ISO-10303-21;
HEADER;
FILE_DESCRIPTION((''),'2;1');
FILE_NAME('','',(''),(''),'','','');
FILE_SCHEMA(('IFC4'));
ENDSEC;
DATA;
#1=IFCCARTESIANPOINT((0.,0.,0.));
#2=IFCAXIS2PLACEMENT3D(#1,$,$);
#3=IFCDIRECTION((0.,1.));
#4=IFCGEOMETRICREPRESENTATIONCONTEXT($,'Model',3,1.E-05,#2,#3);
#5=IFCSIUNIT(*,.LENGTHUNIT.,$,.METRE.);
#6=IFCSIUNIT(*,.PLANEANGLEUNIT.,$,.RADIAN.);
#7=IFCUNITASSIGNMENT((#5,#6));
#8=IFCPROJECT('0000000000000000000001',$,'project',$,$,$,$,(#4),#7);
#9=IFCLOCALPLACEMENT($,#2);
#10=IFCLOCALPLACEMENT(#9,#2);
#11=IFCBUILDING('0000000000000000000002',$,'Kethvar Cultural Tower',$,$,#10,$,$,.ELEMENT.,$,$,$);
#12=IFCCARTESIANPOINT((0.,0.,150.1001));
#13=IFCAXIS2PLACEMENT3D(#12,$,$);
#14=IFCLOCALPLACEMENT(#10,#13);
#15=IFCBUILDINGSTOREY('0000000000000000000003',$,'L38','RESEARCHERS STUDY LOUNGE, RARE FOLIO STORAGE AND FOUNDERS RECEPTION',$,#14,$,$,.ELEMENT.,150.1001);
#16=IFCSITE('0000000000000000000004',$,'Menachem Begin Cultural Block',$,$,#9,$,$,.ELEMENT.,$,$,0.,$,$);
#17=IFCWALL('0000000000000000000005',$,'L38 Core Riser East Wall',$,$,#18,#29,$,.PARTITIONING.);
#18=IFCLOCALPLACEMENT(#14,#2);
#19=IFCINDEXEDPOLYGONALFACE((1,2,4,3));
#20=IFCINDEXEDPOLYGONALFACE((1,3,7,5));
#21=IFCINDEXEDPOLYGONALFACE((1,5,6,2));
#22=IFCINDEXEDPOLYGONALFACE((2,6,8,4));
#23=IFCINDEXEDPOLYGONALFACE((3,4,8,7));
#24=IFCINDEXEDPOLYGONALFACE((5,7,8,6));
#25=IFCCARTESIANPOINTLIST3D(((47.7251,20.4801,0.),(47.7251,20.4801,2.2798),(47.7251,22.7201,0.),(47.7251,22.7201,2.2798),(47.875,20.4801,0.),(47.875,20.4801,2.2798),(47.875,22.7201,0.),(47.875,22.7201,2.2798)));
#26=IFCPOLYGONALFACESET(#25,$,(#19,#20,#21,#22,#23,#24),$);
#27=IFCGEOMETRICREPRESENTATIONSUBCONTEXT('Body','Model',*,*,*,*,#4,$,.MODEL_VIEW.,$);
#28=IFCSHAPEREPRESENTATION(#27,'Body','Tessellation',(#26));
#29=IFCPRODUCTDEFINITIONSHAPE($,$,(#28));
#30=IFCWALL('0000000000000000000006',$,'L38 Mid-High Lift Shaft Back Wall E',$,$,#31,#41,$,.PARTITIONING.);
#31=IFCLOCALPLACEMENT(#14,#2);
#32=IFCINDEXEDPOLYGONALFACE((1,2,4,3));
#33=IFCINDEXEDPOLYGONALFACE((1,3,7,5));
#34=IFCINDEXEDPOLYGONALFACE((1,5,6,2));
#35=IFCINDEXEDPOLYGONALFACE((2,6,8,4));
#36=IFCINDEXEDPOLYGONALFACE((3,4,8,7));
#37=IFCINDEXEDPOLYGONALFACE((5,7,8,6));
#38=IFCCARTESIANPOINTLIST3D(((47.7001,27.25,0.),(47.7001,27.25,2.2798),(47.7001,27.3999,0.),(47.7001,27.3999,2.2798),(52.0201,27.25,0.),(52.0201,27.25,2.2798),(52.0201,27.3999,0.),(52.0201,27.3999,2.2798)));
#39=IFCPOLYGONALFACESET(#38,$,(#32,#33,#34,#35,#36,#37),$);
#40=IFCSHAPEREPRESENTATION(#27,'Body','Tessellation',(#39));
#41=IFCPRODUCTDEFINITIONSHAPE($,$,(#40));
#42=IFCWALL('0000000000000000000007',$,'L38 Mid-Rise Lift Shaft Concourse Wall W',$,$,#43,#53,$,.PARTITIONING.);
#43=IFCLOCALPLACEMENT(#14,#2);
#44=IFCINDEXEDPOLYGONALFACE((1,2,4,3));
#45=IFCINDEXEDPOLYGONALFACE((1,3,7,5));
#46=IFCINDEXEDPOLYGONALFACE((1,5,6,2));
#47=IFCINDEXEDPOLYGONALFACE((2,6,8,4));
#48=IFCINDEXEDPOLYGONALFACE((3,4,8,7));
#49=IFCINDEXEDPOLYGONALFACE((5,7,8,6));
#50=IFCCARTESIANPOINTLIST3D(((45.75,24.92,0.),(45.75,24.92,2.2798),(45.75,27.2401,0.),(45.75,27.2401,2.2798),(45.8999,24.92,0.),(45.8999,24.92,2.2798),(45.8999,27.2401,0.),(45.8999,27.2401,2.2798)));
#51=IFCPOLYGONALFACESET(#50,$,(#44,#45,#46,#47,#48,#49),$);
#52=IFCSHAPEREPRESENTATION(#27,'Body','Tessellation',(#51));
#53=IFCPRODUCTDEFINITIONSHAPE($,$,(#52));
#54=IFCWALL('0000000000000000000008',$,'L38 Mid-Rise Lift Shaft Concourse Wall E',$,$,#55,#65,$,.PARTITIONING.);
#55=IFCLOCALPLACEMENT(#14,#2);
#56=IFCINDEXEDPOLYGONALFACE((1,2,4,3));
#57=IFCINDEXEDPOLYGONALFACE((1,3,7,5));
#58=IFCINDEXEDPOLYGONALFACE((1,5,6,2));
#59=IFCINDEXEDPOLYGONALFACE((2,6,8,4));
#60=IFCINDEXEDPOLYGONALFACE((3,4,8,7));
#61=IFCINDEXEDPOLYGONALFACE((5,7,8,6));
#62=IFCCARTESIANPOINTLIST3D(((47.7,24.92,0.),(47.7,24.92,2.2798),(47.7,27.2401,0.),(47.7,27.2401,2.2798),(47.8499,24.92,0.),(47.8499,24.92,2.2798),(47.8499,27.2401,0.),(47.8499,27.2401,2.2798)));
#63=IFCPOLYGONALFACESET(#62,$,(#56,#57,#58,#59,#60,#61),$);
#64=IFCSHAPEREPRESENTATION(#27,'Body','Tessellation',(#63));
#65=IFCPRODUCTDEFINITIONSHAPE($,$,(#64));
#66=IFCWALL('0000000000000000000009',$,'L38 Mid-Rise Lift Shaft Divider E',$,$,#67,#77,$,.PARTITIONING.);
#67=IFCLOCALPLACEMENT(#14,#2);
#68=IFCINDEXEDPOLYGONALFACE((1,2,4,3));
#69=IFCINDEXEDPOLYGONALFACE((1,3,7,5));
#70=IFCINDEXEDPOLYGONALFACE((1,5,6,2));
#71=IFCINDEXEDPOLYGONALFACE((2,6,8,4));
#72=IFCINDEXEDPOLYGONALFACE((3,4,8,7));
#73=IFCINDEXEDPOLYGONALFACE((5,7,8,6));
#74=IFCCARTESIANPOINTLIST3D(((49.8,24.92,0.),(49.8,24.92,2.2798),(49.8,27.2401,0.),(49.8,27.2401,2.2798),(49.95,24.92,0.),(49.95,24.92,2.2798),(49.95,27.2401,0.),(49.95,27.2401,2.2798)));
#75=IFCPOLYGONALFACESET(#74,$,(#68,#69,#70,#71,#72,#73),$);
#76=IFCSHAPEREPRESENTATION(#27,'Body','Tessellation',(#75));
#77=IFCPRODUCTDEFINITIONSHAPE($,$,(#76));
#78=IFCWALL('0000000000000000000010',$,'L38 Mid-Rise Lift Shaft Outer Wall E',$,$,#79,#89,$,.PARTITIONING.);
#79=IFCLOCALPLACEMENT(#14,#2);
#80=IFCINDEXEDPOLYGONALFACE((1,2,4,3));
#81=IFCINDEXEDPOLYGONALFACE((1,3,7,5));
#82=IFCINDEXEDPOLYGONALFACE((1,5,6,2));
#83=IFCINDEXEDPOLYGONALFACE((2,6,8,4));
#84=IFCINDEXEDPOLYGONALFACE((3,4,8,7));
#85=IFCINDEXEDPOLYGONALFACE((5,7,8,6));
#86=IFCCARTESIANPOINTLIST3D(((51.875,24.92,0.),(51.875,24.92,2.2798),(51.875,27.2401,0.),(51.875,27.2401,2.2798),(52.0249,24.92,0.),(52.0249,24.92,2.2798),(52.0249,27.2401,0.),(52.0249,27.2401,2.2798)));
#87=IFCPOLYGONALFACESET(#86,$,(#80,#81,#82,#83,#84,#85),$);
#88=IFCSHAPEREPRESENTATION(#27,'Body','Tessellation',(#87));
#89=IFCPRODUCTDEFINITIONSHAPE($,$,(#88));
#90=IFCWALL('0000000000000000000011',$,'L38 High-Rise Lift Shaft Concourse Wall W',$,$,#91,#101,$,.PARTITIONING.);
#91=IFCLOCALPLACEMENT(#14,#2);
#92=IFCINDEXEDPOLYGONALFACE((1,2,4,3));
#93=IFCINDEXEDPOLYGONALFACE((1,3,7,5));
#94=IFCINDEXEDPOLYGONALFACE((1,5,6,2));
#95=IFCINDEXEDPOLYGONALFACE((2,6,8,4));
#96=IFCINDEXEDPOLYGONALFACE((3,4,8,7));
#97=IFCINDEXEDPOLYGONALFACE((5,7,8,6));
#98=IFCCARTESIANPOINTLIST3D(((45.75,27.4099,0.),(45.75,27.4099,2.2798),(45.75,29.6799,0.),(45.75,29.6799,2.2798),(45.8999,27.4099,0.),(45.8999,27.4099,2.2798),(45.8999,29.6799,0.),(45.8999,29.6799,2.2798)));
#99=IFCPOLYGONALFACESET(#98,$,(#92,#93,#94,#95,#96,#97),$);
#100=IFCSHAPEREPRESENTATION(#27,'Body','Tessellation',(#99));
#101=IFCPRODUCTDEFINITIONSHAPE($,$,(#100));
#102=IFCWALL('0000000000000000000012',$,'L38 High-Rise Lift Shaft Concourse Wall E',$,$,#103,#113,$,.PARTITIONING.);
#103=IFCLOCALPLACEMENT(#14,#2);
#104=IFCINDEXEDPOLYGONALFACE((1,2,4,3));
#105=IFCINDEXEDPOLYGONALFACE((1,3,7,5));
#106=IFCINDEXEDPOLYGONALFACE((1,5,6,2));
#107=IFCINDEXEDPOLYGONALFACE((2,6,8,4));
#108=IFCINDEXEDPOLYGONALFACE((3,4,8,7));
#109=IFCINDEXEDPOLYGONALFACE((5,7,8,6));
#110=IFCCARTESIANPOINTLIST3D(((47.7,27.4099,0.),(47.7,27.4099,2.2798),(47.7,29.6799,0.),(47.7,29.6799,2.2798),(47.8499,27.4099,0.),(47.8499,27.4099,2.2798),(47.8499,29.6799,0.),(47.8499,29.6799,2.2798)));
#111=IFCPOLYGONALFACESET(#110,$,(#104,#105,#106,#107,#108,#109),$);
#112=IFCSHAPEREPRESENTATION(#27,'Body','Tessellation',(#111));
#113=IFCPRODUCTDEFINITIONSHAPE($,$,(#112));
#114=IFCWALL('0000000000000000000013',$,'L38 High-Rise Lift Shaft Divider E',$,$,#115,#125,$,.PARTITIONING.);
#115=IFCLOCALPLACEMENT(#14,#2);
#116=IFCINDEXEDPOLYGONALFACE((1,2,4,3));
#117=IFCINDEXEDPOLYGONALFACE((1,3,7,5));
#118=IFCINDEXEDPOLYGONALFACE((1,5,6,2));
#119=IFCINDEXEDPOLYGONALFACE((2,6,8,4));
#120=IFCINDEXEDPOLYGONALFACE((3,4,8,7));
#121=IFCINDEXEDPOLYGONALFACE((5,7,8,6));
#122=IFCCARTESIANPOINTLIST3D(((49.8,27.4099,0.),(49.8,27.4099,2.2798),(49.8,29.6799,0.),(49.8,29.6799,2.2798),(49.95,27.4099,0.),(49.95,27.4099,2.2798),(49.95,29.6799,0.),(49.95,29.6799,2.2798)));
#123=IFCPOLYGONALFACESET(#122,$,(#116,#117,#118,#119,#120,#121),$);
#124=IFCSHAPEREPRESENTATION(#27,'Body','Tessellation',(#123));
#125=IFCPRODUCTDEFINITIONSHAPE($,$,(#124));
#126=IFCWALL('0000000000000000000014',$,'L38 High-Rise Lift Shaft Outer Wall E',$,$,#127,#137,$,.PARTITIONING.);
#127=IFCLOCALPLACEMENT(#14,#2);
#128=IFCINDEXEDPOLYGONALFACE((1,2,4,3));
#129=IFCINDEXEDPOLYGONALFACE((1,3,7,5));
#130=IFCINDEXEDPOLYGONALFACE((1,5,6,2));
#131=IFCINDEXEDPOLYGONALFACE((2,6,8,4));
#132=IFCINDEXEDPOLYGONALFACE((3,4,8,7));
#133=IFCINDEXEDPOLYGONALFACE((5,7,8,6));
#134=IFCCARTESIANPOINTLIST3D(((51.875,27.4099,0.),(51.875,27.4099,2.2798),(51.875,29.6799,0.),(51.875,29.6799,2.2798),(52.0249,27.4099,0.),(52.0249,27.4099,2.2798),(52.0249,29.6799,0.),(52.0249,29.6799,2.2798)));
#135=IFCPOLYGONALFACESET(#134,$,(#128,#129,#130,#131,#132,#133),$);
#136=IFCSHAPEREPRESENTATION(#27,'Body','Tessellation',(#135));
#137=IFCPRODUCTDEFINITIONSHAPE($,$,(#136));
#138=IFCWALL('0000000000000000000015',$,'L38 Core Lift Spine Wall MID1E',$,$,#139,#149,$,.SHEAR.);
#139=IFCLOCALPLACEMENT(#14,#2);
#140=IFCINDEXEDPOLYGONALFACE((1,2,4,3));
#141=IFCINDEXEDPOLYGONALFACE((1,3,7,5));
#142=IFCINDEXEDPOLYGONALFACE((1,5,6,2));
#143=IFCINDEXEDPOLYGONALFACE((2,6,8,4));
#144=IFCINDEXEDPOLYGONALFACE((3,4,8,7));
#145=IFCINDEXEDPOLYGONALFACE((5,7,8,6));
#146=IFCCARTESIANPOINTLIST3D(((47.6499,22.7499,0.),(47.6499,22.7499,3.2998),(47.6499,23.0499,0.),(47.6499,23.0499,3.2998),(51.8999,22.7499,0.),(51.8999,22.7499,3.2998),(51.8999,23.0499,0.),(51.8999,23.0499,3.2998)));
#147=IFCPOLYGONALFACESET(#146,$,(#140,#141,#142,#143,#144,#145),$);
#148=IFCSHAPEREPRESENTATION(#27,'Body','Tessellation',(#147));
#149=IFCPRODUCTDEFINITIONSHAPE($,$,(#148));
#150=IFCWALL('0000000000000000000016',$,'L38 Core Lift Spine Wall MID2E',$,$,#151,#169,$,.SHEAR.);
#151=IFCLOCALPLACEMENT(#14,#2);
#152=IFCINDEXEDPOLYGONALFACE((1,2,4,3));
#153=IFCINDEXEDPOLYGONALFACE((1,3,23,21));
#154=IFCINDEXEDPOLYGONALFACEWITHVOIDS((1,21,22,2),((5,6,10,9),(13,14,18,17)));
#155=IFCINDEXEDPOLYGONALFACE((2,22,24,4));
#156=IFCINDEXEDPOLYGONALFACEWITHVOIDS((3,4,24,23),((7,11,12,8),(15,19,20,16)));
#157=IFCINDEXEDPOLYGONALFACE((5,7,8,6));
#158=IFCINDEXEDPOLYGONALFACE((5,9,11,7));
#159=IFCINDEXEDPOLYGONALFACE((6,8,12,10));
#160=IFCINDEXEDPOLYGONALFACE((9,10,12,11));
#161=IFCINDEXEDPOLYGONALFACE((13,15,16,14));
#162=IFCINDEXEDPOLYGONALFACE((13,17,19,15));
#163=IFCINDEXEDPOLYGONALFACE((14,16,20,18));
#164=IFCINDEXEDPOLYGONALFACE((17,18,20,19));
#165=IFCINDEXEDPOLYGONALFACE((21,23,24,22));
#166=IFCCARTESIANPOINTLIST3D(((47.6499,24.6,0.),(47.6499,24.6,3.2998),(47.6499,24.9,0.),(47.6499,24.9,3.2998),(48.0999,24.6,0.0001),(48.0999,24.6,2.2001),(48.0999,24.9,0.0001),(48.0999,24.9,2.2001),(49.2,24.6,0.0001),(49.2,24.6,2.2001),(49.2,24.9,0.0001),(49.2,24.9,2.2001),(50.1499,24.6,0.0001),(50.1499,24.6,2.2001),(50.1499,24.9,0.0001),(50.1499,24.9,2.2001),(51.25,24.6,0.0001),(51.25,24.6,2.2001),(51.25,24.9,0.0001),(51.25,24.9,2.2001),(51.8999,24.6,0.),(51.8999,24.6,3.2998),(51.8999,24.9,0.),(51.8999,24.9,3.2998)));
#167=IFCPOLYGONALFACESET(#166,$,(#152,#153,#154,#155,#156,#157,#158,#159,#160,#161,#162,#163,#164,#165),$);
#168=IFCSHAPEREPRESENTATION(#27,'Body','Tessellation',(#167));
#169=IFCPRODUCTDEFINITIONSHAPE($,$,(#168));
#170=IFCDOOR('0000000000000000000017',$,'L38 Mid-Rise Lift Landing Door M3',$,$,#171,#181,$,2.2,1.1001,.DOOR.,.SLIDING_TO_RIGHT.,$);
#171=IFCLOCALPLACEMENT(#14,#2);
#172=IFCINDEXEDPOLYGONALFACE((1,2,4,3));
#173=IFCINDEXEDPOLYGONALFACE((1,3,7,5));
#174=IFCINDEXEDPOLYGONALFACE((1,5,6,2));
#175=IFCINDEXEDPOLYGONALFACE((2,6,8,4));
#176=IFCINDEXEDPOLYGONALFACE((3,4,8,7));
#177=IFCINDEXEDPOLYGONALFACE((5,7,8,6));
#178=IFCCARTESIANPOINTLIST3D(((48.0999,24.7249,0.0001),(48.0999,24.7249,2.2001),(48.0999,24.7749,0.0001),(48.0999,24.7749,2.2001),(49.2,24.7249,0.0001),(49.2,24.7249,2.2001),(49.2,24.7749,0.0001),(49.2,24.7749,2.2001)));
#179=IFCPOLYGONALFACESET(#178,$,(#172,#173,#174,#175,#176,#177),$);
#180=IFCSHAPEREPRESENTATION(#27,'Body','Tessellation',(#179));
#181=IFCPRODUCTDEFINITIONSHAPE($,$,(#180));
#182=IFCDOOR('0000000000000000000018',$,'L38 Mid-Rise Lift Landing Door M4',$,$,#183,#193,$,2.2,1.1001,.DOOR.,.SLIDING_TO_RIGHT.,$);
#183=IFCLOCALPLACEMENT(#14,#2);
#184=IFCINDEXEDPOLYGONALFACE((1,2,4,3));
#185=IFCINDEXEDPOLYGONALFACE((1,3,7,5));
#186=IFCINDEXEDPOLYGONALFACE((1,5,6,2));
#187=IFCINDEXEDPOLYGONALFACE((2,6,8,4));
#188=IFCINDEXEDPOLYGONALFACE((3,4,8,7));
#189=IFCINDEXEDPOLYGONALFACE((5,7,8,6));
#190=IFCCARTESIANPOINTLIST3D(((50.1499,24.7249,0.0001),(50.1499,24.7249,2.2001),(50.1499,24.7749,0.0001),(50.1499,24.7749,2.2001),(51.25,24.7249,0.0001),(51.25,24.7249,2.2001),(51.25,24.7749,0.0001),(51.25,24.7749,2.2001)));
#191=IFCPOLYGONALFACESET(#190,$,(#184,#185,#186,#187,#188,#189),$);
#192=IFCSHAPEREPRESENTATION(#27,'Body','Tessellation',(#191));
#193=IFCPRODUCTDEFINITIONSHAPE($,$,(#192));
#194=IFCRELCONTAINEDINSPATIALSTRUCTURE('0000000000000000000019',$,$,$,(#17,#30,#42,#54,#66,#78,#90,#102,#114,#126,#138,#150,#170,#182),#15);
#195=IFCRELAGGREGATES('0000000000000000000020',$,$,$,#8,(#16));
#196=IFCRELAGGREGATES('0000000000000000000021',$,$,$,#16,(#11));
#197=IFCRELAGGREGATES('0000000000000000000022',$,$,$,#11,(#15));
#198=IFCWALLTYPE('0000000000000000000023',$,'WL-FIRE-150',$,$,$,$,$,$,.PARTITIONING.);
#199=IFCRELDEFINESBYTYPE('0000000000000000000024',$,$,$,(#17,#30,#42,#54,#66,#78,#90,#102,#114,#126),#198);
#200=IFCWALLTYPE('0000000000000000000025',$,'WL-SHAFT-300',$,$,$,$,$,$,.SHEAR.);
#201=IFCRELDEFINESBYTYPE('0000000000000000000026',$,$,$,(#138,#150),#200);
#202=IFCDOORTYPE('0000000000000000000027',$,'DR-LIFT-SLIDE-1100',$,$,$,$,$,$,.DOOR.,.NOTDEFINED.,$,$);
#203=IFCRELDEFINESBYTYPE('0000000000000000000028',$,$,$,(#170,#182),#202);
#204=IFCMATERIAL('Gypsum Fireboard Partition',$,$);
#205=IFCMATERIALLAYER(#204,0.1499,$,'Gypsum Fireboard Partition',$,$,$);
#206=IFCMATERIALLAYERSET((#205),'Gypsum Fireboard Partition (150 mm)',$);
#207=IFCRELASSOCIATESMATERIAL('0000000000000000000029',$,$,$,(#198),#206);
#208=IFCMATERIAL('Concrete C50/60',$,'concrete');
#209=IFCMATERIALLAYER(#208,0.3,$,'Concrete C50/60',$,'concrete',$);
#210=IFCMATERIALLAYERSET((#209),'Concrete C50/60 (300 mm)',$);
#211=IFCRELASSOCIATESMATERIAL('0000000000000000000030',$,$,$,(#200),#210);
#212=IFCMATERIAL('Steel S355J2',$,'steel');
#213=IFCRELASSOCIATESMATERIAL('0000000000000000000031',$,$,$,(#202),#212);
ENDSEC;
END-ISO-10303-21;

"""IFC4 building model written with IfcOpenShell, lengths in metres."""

from ifc_helpers import new_model, si_unit, direction, frame, frame_2d, origin, place, context, subcontext, project, spatial, rectangle, extrude, source, transform, mapped, material, layer, layer_set, type_object, element, fill, save


model = new_model("IFC4")

# Units and contexts
model_context = context("Model", 3, precision=1e-05, world=origin(), true_north=direction((0.0, 1.0)))
body_context = subcontext(model_context, "Body", "Model", "MODEL_VIEW")
ifc_project = project(units=[si_unit("LENGTHUNIT", "METRE"), si_unit("PLANEANGLEUNIT", "RADIAN")], contexts=[model_context])

# Site, building, storey
site_placement = place(None, origin())
site = spatial("IfcSite", under=ifc_project, at=site_placement, Name="Menachem Begin Cultural Block", CompositionType="ELEMENT", RefElevation=0.0)
building_placement = place(site_placement, origin())
building = spatial("IfcBuilding", under=site, at=building_placement, Name="Kethvar Cultural Tower", CompositionType="ELEMENT")
storey_placement = place(building_placement, frame((0.0, 0.0, 150.1001)))
storey = spatial("IfcBuildingStorey", under=building, at=storey_placement, Name="L38", Description="RESEARCHERS STUDY LOUNGE, RARE FOLIO STORAGE AND FOUNDERS RECEPTION", CompositionType="ELEMENT", Elevation=150.1001)

# Shared definitions
ifc_material_1 = material(Name="Steel S355J2", Category="steel")

# Wall
ifc_material_2 = material(Name="Gypsum Fireboard Partition")
ifc_layer_1 = layer(ifc_material_2, 0.1499, Name="Gypsum Fireboard Partition")
ifc_layer_set_1 = layer_set([ifc_layer_1], Name="Gypsum Fireboard Partition (150 mm)")
wall_type_1 = type_object("IfcWallType", Name="WL-FIRE-150", PredefinedType="PARTITIONING", material=ifc_layer_set_1)
wall_1_placement = place(storey_placement, frame((47.8, 20.48, 0.0), z_axis=(0.0, 0.0, 1.0), x_axis=(0.0, 1.0, 0.0)))
element("IfcWall", 1, at=wall_1_placement, inside=storey, type_object=wall_type_1, Name="L38 Core Riser East Wall", PredefinedType="PARTITIONING", context=body_context, shape_type="SweptSolid", body=[
    extrude(rectangle(XDim=2.24, YDim=0.1499, at=frame_2d((1.1201, 0.0))), origin(), (0.0, 0.0, 1.0), 2.2798),
])

# Walls
wall_2_placement = place(storey_placement, frame((47.7, 27.325, 0.0), z_axis=(0.0, 0.0, 1.0), x_axis=(1.0, 0.0, 0.0)))
element("IfcWall", 2, at=wall_2_placement, inside=storey, type_object=wall_type_1, Name="L38 Mid-High Lift Shaft Back Wall E", PredefinedType="PARTITIONING", context=body_context, shape_type="SweptSolid", body=[
    extrude(rectangle(XDim=4.3201, YDim=0.1499, at=frame_2d((2.1602, 0.0))), origin(), (0.0, 0.0, 1.0), 2.2798),
])
for number, where, z_axis, x_axis, name in (
    (3, (45.825, 24.9199, 0.0), (0.0, 0.0, 1.0), (0.0, 1.0, 0.0), "L38 Mid-Rise Lift Shaft Concourse Wall W"),
    (4, (47.7749, 24.9199, 0.0), (0.0, 0.0, 1.0), (0.0, 1.0, 0.0), "L38 Mid-Rise Lift Shaft Concourse Wall E"),
    (5, (49.875, 24.9199, 0.0), (0.0, 0.0, 1.0), (0.0, 1.0, 0.0), "L38 Mid-Rise Lift Shaft Divider E"),
    (6, (51.95, 24.9199, 0.0), (0.0, 0.0, 1.0), (0.0, 1.0, 0.0), "L38 Mid-Rise Lift Shaft Outer Wall E"),
):
    element("IfcWall", number, at=place(storey_placement, frame(where, z_axis=z_axis, x_axis=x_axis)), inside=storey, type_object=wall_type_1, Name=name, PredefinedType="PARTITIONING", context=body_context, shape_type="SweptSolid", body=[
        extrude(rectangle(XDim=2.3201, YDim=0.1499, at=frame_2d((1.1602, 0.0))), origin(), (0.0, 0.0, 1.0), 2.2798),
    ])
for number, where, z_axis, x_axis, name in (
    (7, (45.825, 27.4099, 0.0), (0.0, 0.0, 1.0), (0.0, 1.0, 0.0), "L38 High-Rise Lift Shaft Concourse Wall W"),
    (8, (47.7749, 27.4099, 0.0), (0.0, 0.0, 1.0), (0.0, 1.0, 0.0), "L38 High-Rise Lift Shaft Concourse Wall E"),
    (9, (49.875, 27.4099, 0.0), (0.0, 0.0, 1.0), (0.0, 1.0, 0.0), "L38 High-Rise Lift Shaft Divider E"),
    (10, (51.95, 27.4099, 0.0), (0.0, 0.0, 1.0), (0.0, 1.0, 0.0), "L38 High-Rise Lift Shaft Outer Wall E"),
):
    element("IfcWall", number, at=place(storey_placement, frame(where, z_axis=z_axis, x_axis=x_axis)), inside=storey, type_object=wall_type_1, Name=name, PredefinedType="PARTITIONING", context=body_context, shape_type="SweptSolid", body=[
        extrude(rectangle(XDim=2.27, YDim=0.1499, at=frame_2d((1.135, 0.0))), origin(), (0.0, 0.0, 1.0), 2.2798),
    ])
ifc_material_3 = material(Name="Concrete C50/60", Category="concrete")
ifc_layer_2 = layer(ifc_material_3, 0.3, Name="Concrete C50/60", Category="concrete")
ifc_layer_set_2 = layer_set([ifc_layer_2], Name="Concrete C50/60 (300 mm)")
wall_type_2 = type_object("IfcWallType", Name="WL-SHAFT-300", PredefinedType="SHEAR", material=ifc_layer_set_2)
wall_3_placement = place(storey_placement, frame((47.6499, 22.8999, 0.0), z_axis=(0.0, 0.0, 1.0), x_axis=(1.0, 0.0, 0.0)))
element("IfcWall", 11, at=wall_3_placement, inside=storey, type_object=wall_type_2, Name="L38 Core Lift Spine Wall MID1E", PredefinedType="SHEAR", context=body_context, shape_type="SweptSolid", body=[
    extrude(rectangle(XDim=4.25, YDim=0.3, at=frame_2d((2.125, 0.0))), origin(), (0.0, 0.0, 1.0), 3.2998),
])

# Wall, openings, doors
wall_4_placement = place(storey_placement, frame((47.6499, 24.75, 0.0), z_axis=(0.0, 0.0, 1.0), x_axis=(1.0, 0.0, 0.0)))
wall_4 = element("IfcWall", 12, at=wall_4_placement, inside=storey, type_object=wall_type_2, Name="L38 Core Lift Spine Wall MID2E", PredefinedType="SHEAR", context=body_context, shape_type="SweptSolid", body=[
    extrude(rectangle(XDim=4.25, YDim=0.3, at=frame_2d((2.125, 0.0))), origin(), (0.0, 0.0, 1.0), 3.2998),
])
opening_1_placement = place(wall_4_placement, frame((0.45, 0.0, 0.0)))
opening_1 = element("IfcOpeningElement", 13, at=opening_1_placement, cuts=wall_4, PredefinedType="OPENING", context=body_context, shape_type="SweptSolid", body=[
    extrude(rectangle(XDim=1.1001, YDim=2.2, at=frame_2d((0.55, 1.1001))), frame((0.0, 0.1599, 0.0), z_axis=(0.0, -1.0, 0.0), x_axis=(1.0, 0.0, 0.0)), (0.0, 0.0, 1.0), 0.3201),
])
opening_2_placement = place(wall_4_placement, frame((2.5, 0.0, 0.0)))
opening_2 = element("IfcOpeningElement", 14, at=opening_2_placement, cuts=wall_4, PredefinedType="OPENING", context=body_context, shape_type="SweptSolid", body=[
    extrude(rectangle(XDim=1.1001, YDim=2.2, at=frame_2d((0.55, 1.1001))), frame((0.0, 0.1599, 0.0), z_axis=(0.0, -1.0, 0.0), x_axis=(1.0, 0.0, 0.0)), (0.0, 0.0, 1.0), 0.3201),
])
door_type_1 = type_object("IfcDoorType", Name="DR-LIFT-SLIDE-1100", OperationType="NOTDEFINED", PredefinedType="DOOR", material=ifc_material_1)
shared_shape_1 = source(origin(), body_context, "Body", "SweptSolid", [
    extrude(rectangle(XDim=1.1001, YDim=2.2, at=frame_2d((0.55, 1.1001))), frame((0.0, 0.0249, 0.0), z_axis=(0.0, -1.0, 0.0), x_axis=(1.0, 0.0, 0.0)), (0.0, 0.0, 1.0), 0.05),
])
door_1_placement = place(opening_1_placement, origin())
door_1 = element("IfcDoor", 15, at=door_1_placement, inside=storey, type_object=door_type_1, Name="L38 Mid-Rise Lift Landing Door M3", OperationType="SLIDING_TO_RIGHT", OverallHeight=2.2, OverallWidth=1.1001, PredefinedType="DOOR", context=body_context, shape_type="MappedRepresentation", body=[
    mapped(shared_shape_1, transform((0.0, 0.0, 0.0), scale=1.0)),
])
fill(opening_1, door_1)
door_2_placement = place(opening_2_placement, origin())
door_2 = element("IfcDoor", 16, at=door_2_placement, inside=storey, type_object=door_type_1, Name="L38 Mid-Rise Lift Landing Door M4", OperationType="SLIDING_TO_RIGHT", OverallHeight=2.2, OverallWidth=1.1001, PredefinedType="DOOR", context=body_context, shape_type="MappedRepresentation", body=[
    mapped(shared_shape_1, transform((0.0, 0.0, 0.0), scale=1.0)),
])
fill(opening_2, door_2)

save(model, "model.ifc")
